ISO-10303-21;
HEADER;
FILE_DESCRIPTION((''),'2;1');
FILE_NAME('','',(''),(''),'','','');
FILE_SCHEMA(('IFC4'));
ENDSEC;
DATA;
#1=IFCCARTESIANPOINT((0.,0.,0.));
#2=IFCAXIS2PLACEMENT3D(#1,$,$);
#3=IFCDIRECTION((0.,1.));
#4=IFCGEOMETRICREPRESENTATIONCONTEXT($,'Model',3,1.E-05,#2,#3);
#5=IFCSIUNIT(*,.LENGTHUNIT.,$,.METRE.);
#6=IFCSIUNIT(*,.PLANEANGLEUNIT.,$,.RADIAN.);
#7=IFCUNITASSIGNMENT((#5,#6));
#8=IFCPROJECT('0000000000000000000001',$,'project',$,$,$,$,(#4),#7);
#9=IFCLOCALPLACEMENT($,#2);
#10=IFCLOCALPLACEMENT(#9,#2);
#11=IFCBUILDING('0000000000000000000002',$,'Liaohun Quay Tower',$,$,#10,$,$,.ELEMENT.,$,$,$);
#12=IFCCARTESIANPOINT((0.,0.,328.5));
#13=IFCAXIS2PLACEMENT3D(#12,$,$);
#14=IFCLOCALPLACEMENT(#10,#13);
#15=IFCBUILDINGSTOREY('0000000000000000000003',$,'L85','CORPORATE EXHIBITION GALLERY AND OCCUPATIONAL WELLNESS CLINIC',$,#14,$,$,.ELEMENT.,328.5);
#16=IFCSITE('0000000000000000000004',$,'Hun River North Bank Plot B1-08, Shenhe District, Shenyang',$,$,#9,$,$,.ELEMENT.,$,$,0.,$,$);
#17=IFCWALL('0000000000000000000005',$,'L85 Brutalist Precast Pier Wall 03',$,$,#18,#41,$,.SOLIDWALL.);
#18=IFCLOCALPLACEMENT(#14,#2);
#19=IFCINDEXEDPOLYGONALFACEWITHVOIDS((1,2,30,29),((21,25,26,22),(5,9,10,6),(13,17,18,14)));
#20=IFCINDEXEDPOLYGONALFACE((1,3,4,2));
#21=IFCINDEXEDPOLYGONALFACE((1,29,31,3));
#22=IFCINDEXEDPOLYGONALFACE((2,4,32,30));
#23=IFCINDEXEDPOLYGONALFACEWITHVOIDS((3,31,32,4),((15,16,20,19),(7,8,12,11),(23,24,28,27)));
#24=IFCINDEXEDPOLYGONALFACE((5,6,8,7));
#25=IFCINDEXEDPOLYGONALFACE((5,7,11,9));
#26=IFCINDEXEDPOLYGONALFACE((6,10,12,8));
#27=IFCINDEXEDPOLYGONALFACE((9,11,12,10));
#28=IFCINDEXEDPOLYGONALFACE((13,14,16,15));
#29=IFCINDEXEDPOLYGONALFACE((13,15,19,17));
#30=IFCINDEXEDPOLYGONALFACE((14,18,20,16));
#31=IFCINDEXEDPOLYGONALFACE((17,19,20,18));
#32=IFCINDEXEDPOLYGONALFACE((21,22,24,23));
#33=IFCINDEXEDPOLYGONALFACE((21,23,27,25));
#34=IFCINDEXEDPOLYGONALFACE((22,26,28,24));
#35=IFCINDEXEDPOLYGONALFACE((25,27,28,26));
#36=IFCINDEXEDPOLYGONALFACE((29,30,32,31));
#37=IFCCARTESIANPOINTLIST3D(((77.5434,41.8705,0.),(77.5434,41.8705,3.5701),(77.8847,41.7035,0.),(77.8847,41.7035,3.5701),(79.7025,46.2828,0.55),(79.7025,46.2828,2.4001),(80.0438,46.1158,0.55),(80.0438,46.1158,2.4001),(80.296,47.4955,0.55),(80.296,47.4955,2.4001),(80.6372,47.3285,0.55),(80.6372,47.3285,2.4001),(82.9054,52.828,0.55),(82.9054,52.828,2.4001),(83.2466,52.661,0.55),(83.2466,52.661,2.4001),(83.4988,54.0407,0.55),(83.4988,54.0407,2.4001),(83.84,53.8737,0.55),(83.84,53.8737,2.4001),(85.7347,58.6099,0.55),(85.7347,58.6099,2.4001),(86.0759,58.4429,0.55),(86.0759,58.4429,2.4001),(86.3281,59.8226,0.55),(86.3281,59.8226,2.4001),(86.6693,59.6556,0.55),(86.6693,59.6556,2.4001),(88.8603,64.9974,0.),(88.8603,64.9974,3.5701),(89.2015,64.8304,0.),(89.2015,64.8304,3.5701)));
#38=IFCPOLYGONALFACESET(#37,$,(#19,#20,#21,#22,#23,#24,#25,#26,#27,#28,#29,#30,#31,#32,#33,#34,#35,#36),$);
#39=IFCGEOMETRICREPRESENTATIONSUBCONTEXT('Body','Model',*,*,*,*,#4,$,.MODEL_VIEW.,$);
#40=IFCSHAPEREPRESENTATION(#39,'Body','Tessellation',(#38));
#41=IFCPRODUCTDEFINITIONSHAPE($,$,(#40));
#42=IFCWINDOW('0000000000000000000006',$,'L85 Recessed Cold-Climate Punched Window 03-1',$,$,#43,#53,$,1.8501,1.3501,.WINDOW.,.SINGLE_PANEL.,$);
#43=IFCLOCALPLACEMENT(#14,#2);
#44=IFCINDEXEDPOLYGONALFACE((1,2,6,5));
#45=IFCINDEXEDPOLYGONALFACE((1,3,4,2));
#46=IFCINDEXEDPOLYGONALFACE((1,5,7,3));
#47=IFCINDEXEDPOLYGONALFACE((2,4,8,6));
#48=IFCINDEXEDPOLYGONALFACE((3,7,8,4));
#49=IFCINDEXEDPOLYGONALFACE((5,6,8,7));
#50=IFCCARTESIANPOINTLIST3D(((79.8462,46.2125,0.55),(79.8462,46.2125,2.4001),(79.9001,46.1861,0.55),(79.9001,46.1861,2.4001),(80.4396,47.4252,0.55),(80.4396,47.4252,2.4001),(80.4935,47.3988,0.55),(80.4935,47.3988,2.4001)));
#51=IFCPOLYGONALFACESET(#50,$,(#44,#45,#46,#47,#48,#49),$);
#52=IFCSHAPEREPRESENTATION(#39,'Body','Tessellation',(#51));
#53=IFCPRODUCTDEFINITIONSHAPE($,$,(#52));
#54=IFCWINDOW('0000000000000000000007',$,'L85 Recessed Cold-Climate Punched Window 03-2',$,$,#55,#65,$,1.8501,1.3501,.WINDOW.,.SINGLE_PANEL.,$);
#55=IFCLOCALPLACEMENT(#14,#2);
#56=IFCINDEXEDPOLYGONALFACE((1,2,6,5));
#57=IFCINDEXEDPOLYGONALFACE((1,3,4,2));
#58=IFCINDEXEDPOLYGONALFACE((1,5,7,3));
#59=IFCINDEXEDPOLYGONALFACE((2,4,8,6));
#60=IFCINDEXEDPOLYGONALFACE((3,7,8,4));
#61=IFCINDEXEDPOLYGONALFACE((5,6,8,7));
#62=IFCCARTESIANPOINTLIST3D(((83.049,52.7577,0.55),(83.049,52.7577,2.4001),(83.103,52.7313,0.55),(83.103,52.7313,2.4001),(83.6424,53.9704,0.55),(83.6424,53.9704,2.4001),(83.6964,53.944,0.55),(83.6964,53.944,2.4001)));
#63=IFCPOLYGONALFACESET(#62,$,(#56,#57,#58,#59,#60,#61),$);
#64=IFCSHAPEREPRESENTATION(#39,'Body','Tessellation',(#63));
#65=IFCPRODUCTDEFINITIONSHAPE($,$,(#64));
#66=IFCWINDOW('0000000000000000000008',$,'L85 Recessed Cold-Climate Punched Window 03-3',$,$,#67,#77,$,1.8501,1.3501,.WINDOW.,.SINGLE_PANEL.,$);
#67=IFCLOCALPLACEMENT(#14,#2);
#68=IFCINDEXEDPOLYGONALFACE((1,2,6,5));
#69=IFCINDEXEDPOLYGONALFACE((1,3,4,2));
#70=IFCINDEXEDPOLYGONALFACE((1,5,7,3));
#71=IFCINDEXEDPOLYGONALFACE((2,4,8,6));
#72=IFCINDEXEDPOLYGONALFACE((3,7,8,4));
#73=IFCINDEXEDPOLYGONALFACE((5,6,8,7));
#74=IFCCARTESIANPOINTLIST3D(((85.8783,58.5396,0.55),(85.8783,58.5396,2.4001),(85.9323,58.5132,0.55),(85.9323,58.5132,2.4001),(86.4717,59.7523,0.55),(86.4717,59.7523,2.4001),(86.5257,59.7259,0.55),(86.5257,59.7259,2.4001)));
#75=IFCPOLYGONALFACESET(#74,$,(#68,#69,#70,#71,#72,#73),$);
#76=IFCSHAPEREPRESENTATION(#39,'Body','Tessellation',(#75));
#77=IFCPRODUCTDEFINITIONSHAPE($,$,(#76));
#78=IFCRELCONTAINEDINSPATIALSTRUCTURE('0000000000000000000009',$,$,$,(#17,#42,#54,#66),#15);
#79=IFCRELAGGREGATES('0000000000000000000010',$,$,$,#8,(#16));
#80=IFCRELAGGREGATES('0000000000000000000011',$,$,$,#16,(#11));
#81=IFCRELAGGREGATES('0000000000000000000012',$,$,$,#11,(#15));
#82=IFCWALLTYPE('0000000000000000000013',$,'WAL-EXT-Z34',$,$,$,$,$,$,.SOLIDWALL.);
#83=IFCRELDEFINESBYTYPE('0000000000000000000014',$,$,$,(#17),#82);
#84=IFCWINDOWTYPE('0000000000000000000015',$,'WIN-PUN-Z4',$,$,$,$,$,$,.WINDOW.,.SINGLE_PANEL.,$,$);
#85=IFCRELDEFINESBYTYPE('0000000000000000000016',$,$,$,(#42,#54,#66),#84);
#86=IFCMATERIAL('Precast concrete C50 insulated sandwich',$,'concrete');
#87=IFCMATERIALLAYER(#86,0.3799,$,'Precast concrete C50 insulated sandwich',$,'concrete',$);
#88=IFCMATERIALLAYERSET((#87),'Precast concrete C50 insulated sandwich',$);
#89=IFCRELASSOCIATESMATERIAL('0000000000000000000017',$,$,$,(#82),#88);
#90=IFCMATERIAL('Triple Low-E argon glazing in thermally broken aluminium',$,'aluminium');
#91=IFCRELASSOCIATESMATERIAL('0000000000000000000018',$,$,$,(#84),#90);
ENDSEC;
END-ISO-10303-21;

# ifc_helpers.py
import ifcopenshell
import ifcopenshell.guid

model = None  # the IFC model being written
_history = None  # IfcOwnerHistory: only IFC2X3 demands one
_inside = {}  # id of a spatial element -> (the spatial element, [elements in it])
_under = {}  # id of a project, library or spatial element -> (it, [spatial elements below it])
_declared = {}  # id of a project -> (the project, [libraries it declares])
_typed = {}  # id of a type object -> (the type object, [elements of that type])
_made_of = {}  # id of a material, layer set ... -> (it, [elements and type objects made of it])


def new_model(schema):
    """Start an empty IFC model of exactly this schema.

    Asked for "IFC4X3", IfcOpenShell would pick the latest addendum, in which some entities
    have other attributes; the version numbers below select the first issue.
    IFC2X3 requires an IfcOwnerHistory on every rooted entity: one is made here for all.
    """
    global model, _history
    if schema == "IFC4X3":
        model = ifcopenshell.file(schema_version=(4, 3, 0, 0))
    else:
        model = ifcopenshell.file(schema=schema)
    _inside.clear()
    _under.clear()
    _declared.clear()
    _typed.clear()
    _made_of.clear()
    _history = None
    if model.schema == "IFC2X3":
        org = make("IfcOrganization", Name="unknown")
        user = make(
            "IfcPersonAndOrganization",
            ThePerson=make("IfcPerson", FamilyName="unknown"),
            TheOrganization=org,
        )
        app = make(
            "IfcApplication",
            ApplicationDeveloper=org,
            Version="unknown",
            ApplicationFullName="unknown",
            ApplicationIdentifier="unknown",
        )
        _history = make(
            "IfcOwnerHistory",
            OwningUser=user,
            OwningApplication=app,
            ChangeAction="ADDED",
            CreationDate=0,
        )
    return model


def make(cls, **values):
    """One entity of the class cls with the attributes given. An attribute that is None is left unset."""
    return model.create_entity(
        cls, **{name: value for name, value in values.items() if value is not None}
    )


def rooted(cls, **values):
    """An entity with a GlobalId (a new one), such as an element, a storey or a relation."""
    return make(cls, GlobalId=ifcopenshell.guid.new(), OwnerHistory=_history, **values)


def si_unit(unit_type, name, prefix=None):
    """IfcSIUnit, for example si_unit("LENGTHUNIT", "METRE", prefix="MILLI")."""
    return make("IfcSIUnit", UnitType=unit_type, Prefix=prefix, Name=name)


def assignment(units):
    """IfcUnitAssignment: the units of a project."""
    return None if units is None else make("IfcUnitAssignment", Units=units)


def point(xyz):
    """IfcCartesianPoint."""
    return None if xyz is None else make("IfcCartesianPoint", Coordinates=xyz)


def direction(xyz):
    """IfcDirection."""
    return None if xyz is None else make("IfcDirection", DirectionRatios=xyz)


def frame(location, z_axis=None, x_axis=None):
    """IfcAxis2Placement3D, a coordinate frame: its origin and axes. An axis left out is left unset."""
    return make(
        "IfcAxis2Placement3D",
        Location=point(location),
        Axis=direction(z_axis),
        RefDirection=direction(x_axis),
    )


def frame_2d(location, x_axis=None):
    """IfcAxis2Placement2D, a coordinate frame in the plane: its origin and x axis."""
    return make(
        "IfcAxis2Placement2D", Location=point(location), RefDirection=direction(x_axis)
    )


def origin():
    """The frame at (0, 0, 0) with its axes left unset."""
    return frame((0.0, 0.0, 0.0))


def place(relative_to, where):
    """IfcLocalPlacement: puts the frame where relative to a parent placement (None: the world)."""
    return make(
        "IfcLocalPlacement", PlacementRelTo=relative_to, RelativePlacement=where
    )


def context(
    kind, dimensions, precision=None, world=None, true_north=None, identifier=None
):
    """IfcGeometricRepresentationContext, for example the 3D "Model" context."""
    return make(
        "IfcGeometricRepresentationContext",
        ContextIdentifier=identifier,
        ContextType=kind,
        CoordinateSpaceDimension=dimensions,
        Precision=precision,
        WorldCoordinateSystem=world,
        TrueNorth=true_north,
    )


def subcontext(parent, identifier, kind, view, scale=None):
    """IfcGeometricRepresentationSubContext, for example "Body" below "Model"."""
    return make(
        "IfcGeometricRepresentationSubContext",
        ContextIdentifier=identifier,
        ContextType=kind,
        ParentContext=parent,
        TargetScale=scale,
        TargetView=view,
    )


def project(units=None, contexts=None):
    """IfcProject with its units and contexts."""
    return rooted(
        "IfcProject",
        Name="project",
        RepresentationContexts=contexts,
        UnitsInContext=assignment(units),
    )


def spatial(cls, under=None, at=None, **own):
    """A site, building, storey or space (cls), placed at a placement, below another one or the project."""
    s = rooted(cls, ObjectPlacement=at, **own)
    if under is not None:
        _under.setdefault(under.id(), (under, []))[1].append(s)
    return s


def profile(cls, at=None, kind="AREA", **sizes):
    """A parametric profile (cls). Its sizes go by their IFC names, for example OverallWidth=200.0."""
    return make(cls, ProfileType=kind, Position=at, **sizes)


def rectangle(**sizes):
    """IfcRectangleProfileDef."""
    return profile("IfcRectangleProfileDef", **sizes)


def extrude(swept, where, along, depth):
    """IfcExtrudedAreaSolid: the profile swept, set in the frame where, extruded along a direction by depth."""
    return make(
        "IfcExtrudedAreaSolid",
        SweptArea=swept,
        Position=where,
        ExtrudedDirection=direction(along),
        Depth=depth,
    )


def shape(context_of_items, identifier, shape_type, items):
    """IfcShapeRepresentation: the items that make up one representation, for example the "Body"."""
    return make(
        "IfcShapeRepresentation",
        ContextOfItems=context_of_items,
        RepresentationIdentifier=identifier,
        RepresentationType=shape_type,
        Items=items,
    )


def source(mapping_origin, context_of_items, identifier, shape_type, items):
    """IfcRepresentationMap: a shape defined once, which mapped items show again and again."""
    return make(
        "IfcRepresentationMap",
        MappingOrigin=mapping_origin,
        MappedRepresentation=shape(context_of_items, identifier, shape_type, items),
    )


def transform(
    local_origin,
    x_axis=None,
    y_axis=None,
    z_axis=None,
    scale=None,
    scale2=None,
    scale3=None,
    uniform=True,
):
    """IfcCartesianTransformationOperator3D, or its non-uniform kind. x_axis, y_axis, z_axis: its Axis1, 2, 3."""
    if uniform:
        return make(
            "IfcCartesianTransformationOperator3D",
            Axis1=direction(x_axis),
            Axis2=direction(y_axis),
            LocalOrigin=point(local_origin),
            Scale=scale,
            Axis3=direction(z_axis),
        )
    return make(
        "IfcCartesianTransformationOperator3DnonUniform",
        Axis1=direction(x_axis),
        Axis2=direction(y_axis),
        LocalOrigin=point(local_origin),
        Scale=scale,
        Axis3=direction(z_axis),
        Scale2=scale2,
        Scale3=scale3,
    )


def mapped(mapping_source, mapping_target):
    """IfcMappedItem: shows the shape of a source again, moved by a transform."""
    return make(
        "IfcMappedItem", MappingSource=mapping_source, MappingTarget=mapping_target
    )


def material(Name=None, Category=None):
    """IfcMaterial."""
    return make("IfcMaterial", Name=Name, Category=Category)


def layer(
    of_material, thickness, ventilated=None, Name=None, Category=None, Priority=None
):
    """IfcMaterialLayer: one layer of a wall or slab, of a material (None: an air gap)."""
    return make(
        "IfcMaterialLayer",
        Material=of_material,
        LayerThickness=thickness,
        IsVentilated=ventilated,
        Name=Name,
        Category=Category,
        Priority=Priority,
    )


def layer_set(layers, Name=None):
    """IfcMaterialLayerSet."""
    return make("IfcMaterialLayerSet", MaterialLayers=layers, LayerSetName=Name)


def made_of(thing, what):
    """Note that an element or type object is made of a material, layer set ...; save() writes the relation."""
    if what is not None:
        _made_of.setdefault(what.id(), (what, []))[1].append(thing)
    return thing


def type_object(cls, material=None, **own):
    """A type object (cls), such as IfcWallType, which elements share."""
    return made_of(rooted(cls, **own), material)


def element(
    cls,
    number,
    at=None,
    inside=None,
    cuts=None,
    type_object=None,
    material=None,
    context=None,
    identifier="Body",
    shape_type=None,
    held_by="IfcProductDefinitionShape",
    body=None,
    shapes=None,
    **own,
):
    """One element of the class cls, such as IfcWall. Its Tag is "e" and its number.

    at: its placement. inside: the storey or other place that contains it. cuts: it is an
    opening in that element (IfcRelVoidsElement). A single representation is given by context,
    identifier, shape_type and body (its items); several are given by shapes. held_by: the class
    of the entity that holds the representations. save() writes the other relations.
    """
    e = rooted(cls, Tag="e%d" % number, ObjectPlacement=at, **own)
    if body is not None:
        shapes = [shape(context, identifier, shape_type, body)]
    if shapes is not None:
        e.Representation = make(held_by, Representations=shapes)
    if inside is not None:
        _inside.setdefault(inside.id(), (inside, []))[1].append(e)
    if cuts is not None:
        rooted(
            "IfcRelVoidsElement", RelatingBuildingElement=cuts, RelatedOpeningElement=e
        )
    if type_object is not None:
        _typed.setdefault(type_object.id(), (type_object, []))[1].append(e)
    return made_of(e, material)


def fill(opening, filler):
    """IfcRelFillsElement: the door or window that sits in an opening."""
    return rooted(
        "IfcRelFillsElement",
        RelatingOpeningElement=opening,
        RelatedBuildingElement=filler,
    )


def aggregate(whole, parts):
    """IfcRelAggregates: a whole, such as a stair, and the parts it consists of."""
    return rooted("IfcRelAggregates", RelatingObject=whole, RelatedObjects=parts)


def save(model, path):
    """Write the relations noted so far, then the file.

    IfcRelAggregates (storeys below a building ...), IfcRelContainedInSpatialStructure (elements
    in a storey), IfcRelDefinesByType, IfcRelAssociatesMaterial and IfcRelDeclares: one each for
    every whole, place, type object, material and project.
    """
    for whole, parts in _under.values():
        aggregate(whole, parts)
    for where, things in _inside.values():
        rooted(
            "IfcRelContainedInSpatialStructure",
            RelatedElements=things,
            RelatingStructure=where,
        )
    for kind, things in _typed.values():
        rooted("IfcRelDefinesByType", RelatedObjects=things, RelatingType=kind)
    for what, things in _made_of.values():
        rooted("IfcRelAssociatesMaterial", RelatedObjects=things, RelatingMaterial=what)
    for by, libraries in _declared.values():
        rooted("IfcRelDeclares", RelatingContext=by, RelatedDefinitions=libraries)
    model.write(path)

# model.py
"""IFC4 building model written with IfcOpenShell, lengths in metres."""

from ifc_helpers import new_model, si_unit, direction, frame, frame_2d, origin, place, context, subcontext, project, spatial, rectangle, extrude, source, transform, mapped, material, layer, layer_set, type_object, element, fill, save


model = new_model("IFC4")

# Units and contexts
model_context = context("Model", 3, precision=1e-05, world=origin(), true_north=direction((0.0, 1.0)))
body_context = subcontext(model_context, "Body", "Model", "MODEL_VIEW")
ifc_project = project(units=[si_unit("LENGTHUNIT", "METRE"), si_unit("PLANEANGLEUNIT", "RADIAN")], contexts=[model_context])

# Site, building, storey
site_placement = place(None, origin())
site = spatial("IfcSite", under=ifc_project, at=site_placement, Name="Hun River North Bank Plot B1-08, Shenhe District, Shenyang", CompositionType="ELEMENT", RefElevation=0.0)
building_placement = place(site_placement, origin())
building = spatial("IfcBuilding", under=site, at=building_placement, Name="Liaohun Quay Tower", CompositionType="ELEMENT")
storey_placement = place(building_placement, frame((0.0, 0.0, 328.5)))
storey = spatial("IfcBuildingStorey", under=building, at=storey_placement, Name="L85", Description="CORPORATE EXHIBITION GALLERY AND OCCUPATIONAL WELLNESS CLINIC", CompositionType="ELEMENT", Elevation=328.5)

# Shared definitions
ifc_material_1 = material(Name="Precast concrete C50 insulated sandwich", Category="concrete")
ifc_layer_1 = layer(ifc_material_1, 0.3799, Name="Precast concrete C50 insulated sandwich", Category="concrete")
ifc_layer_set_1 = layer_set([ifc_layer_1], Name="Precast concrete C50 insulated sandwich")
wall_type_1 = type_object("IfcWallType", Name="WAL-EXT-Z34", PredefinedType="SOLIDWALL", material=ifc_layer_set_1)

# Wall, openings, windows
shared_shape_1 = source(origin(), body_context, "Body", "SweptSolid", [
    extrude(rectangle(XDim=1.3501, YDim=1.8501, at=frame_2d((0.675, 0.925))), frame((0.0, 0.2, 0.0), z_axis=(0.0, -1.0, 0.0), x_axis=(1.0, 0.0, 0.0)), (0.0, 0.0, 1.0), 0.3999),
])
ifc_material_2 = material(Name="Triple Low-E argon glazing in thermally broken aluminium", Category="aluminium")
window_type_1 = type_object("IfcWindowType", Name="WIN-PUN-Z4", PartitioningType="SINGLE_PANEL", PredefinedType="WINDOW", material=ifc_material_2)
shared_shape_2 = source(origin(), body_context, "Body", "SweptSolid", [
    extrude(rectangle(XDim=1.3501, YDim=1.8501, at=frame_2d((0.675, 0.925))), frame((0.0, 0.03, 0.0), z_axis=(0.0, -1.0, 0.0), x_axis=(1.0, 0.0, 0.0)), (0.0, 0.0, 1.0), 0.0601),
])
wall_1_placement = place(storey_placement, frame((77.7141, 41.7871, 0.0), z_axis=(0.0, 0.0, 1.0), x_axis=(0.439536, 0.898225, 0.0)))
wall_1 = element("IfcWall", 1, at=wall_1_placement, inside=storey, type_object=wall_type_1, Name="L85 Brutalist Precast Pier Wall 03", PredefinedType="SOLIDWALL", context=body_context, shape_type="SweptSolid", body=[
    extrude(rectangle(XDim=25.7473, YDim=0.3799, at=frame_2d((12.8735, 0.0))), origin(), (0.0, 0.0, 1.0), 3.5701),
])
opening_1_placement = place(wall_1_placement, frame((4.9121, 0.0, 0.55)))
opening_1 = element("IfcOpeningElement", 2, at=opening_1_placement, cuts=wall_1, PredefinedType="OPENING", context=body_context, shape_type="MappedRepresentation", body=[
    mapped(shared_shape_1, transform((0.0, 0.0, 0.0), x_axis=(1.0, 0.0, 0.0), y_axis=(0.0, 1.0, 0.0), z_axis=(0.0, 0.0, 1.0), scale=1.0)),
])
opening_2_placement = place(wall_1_placement, frame((12.199, 0.0, 0.55)))
opening_2 = element("IfcOpeningElement", 3, at=opening_2_placement, cuts=wall_1, PredefinedType="OPENING", context=body_context, shape_type="MappedRepresentation", body=[
    mapped(shared_shape_1, transform((0.0, 0.0, 0.0), x_axis=(1.0, 0.0, 0.0), y_axis=(0.0, 1.0, 0.0), z_axis=(0.0, 0.0, 1.0), scale=1.0)),
])
opening_3_placement = place(wall_1_placement, frame((18.636, 0.0, 0.55)))
opening_3 = element("IfcOpeningElement", 4, at=opening_3_placement, cuts=wall_1, PredefinedType="OPENING", context=body_context, shape_type="MappedRepresentation", body=[
    mapped(shared_shape_1, transform((0.0, 0.0, 0.0), x_axis=(1.0, 0.0, 0.0), y_axis=(0.0, 1.0, 0.0), z_axis=(0.0, 0.0, 1.0), scale=1.0)),
])
window_1_placement = place(opening_1_placement, origin())
window_1 = element("IfcWindow", 5, at=window_1_placement, inside=storey, type_object=window_type_1, Name="L85 Recessed Cold-Climate Punched Window 03-1", OverallHeight=1.8501, OverallWidth=1.3501, PartitioningType="SINGLE_PANEL", PredefinedType="WINDOW", context=body_context, shape_type="MappedRepresentation", body=[
    mapped(shared_shape_2, transform((0.0, 0.0, 0.0), x_axis=(1.0, 0.0, 0.0), y_axis=(0.0, 1.0, 0.0), z_axis=(0.0, 0.0, 1.0), scale=1.0)),
])
fill(opening_1, window_1)
window_2_placement = place(opening_2_placement, origin())
window_2 = element("IfcWindow", 6, at=window_2_placement, inside=storey, type_object=window_type_1, Name="L85 Recessed Cold-Climate Punched Window 03-2", OverallHeight=1.8501, OverallWidth=1.3501, PartitioningType="SINGLE_PANEL", PredefinedType="WINDOW", context=body_context, shape_type="MappedRepresentation", body=[
    mapped(shared_shape_2, transform((0.0, 0.0, 0.0), x_axis=(1.0, 0.0, 0.0), y_axis=(0.0, 1.0, 0.0), z_axis=(0.0, 0.0, 1.0), scale=1.0)),
])
fill(opening_2, window_2)
window_3_placement = place(opening_3_placement, origin())
window_3 = element("IfcWindow", 7, at=window_3_placement, inside=storey, type_object=window_type_1, Name="L85 Recessed Cold-Climate Punched Window 03-3", OverallHeight=1.8501, OverallWidth=1.3501, PartitioningType="SINGLE_PANEL", PredefinedType="WINDOW", context=body_context, shape_type="MappedRepresentation", body=[
    mapped(shared_shape_2, transform((0.0, 0.0, 0.0), x_axis=(1.0, 0.0, 0.0), y_axis=(0.0, 1.0, 0.0), z_axis=(0.0, 0.0, 1.0), scale=1.0)),
])
fill(opening_3, window_3)

save(model, "model.ifc")
